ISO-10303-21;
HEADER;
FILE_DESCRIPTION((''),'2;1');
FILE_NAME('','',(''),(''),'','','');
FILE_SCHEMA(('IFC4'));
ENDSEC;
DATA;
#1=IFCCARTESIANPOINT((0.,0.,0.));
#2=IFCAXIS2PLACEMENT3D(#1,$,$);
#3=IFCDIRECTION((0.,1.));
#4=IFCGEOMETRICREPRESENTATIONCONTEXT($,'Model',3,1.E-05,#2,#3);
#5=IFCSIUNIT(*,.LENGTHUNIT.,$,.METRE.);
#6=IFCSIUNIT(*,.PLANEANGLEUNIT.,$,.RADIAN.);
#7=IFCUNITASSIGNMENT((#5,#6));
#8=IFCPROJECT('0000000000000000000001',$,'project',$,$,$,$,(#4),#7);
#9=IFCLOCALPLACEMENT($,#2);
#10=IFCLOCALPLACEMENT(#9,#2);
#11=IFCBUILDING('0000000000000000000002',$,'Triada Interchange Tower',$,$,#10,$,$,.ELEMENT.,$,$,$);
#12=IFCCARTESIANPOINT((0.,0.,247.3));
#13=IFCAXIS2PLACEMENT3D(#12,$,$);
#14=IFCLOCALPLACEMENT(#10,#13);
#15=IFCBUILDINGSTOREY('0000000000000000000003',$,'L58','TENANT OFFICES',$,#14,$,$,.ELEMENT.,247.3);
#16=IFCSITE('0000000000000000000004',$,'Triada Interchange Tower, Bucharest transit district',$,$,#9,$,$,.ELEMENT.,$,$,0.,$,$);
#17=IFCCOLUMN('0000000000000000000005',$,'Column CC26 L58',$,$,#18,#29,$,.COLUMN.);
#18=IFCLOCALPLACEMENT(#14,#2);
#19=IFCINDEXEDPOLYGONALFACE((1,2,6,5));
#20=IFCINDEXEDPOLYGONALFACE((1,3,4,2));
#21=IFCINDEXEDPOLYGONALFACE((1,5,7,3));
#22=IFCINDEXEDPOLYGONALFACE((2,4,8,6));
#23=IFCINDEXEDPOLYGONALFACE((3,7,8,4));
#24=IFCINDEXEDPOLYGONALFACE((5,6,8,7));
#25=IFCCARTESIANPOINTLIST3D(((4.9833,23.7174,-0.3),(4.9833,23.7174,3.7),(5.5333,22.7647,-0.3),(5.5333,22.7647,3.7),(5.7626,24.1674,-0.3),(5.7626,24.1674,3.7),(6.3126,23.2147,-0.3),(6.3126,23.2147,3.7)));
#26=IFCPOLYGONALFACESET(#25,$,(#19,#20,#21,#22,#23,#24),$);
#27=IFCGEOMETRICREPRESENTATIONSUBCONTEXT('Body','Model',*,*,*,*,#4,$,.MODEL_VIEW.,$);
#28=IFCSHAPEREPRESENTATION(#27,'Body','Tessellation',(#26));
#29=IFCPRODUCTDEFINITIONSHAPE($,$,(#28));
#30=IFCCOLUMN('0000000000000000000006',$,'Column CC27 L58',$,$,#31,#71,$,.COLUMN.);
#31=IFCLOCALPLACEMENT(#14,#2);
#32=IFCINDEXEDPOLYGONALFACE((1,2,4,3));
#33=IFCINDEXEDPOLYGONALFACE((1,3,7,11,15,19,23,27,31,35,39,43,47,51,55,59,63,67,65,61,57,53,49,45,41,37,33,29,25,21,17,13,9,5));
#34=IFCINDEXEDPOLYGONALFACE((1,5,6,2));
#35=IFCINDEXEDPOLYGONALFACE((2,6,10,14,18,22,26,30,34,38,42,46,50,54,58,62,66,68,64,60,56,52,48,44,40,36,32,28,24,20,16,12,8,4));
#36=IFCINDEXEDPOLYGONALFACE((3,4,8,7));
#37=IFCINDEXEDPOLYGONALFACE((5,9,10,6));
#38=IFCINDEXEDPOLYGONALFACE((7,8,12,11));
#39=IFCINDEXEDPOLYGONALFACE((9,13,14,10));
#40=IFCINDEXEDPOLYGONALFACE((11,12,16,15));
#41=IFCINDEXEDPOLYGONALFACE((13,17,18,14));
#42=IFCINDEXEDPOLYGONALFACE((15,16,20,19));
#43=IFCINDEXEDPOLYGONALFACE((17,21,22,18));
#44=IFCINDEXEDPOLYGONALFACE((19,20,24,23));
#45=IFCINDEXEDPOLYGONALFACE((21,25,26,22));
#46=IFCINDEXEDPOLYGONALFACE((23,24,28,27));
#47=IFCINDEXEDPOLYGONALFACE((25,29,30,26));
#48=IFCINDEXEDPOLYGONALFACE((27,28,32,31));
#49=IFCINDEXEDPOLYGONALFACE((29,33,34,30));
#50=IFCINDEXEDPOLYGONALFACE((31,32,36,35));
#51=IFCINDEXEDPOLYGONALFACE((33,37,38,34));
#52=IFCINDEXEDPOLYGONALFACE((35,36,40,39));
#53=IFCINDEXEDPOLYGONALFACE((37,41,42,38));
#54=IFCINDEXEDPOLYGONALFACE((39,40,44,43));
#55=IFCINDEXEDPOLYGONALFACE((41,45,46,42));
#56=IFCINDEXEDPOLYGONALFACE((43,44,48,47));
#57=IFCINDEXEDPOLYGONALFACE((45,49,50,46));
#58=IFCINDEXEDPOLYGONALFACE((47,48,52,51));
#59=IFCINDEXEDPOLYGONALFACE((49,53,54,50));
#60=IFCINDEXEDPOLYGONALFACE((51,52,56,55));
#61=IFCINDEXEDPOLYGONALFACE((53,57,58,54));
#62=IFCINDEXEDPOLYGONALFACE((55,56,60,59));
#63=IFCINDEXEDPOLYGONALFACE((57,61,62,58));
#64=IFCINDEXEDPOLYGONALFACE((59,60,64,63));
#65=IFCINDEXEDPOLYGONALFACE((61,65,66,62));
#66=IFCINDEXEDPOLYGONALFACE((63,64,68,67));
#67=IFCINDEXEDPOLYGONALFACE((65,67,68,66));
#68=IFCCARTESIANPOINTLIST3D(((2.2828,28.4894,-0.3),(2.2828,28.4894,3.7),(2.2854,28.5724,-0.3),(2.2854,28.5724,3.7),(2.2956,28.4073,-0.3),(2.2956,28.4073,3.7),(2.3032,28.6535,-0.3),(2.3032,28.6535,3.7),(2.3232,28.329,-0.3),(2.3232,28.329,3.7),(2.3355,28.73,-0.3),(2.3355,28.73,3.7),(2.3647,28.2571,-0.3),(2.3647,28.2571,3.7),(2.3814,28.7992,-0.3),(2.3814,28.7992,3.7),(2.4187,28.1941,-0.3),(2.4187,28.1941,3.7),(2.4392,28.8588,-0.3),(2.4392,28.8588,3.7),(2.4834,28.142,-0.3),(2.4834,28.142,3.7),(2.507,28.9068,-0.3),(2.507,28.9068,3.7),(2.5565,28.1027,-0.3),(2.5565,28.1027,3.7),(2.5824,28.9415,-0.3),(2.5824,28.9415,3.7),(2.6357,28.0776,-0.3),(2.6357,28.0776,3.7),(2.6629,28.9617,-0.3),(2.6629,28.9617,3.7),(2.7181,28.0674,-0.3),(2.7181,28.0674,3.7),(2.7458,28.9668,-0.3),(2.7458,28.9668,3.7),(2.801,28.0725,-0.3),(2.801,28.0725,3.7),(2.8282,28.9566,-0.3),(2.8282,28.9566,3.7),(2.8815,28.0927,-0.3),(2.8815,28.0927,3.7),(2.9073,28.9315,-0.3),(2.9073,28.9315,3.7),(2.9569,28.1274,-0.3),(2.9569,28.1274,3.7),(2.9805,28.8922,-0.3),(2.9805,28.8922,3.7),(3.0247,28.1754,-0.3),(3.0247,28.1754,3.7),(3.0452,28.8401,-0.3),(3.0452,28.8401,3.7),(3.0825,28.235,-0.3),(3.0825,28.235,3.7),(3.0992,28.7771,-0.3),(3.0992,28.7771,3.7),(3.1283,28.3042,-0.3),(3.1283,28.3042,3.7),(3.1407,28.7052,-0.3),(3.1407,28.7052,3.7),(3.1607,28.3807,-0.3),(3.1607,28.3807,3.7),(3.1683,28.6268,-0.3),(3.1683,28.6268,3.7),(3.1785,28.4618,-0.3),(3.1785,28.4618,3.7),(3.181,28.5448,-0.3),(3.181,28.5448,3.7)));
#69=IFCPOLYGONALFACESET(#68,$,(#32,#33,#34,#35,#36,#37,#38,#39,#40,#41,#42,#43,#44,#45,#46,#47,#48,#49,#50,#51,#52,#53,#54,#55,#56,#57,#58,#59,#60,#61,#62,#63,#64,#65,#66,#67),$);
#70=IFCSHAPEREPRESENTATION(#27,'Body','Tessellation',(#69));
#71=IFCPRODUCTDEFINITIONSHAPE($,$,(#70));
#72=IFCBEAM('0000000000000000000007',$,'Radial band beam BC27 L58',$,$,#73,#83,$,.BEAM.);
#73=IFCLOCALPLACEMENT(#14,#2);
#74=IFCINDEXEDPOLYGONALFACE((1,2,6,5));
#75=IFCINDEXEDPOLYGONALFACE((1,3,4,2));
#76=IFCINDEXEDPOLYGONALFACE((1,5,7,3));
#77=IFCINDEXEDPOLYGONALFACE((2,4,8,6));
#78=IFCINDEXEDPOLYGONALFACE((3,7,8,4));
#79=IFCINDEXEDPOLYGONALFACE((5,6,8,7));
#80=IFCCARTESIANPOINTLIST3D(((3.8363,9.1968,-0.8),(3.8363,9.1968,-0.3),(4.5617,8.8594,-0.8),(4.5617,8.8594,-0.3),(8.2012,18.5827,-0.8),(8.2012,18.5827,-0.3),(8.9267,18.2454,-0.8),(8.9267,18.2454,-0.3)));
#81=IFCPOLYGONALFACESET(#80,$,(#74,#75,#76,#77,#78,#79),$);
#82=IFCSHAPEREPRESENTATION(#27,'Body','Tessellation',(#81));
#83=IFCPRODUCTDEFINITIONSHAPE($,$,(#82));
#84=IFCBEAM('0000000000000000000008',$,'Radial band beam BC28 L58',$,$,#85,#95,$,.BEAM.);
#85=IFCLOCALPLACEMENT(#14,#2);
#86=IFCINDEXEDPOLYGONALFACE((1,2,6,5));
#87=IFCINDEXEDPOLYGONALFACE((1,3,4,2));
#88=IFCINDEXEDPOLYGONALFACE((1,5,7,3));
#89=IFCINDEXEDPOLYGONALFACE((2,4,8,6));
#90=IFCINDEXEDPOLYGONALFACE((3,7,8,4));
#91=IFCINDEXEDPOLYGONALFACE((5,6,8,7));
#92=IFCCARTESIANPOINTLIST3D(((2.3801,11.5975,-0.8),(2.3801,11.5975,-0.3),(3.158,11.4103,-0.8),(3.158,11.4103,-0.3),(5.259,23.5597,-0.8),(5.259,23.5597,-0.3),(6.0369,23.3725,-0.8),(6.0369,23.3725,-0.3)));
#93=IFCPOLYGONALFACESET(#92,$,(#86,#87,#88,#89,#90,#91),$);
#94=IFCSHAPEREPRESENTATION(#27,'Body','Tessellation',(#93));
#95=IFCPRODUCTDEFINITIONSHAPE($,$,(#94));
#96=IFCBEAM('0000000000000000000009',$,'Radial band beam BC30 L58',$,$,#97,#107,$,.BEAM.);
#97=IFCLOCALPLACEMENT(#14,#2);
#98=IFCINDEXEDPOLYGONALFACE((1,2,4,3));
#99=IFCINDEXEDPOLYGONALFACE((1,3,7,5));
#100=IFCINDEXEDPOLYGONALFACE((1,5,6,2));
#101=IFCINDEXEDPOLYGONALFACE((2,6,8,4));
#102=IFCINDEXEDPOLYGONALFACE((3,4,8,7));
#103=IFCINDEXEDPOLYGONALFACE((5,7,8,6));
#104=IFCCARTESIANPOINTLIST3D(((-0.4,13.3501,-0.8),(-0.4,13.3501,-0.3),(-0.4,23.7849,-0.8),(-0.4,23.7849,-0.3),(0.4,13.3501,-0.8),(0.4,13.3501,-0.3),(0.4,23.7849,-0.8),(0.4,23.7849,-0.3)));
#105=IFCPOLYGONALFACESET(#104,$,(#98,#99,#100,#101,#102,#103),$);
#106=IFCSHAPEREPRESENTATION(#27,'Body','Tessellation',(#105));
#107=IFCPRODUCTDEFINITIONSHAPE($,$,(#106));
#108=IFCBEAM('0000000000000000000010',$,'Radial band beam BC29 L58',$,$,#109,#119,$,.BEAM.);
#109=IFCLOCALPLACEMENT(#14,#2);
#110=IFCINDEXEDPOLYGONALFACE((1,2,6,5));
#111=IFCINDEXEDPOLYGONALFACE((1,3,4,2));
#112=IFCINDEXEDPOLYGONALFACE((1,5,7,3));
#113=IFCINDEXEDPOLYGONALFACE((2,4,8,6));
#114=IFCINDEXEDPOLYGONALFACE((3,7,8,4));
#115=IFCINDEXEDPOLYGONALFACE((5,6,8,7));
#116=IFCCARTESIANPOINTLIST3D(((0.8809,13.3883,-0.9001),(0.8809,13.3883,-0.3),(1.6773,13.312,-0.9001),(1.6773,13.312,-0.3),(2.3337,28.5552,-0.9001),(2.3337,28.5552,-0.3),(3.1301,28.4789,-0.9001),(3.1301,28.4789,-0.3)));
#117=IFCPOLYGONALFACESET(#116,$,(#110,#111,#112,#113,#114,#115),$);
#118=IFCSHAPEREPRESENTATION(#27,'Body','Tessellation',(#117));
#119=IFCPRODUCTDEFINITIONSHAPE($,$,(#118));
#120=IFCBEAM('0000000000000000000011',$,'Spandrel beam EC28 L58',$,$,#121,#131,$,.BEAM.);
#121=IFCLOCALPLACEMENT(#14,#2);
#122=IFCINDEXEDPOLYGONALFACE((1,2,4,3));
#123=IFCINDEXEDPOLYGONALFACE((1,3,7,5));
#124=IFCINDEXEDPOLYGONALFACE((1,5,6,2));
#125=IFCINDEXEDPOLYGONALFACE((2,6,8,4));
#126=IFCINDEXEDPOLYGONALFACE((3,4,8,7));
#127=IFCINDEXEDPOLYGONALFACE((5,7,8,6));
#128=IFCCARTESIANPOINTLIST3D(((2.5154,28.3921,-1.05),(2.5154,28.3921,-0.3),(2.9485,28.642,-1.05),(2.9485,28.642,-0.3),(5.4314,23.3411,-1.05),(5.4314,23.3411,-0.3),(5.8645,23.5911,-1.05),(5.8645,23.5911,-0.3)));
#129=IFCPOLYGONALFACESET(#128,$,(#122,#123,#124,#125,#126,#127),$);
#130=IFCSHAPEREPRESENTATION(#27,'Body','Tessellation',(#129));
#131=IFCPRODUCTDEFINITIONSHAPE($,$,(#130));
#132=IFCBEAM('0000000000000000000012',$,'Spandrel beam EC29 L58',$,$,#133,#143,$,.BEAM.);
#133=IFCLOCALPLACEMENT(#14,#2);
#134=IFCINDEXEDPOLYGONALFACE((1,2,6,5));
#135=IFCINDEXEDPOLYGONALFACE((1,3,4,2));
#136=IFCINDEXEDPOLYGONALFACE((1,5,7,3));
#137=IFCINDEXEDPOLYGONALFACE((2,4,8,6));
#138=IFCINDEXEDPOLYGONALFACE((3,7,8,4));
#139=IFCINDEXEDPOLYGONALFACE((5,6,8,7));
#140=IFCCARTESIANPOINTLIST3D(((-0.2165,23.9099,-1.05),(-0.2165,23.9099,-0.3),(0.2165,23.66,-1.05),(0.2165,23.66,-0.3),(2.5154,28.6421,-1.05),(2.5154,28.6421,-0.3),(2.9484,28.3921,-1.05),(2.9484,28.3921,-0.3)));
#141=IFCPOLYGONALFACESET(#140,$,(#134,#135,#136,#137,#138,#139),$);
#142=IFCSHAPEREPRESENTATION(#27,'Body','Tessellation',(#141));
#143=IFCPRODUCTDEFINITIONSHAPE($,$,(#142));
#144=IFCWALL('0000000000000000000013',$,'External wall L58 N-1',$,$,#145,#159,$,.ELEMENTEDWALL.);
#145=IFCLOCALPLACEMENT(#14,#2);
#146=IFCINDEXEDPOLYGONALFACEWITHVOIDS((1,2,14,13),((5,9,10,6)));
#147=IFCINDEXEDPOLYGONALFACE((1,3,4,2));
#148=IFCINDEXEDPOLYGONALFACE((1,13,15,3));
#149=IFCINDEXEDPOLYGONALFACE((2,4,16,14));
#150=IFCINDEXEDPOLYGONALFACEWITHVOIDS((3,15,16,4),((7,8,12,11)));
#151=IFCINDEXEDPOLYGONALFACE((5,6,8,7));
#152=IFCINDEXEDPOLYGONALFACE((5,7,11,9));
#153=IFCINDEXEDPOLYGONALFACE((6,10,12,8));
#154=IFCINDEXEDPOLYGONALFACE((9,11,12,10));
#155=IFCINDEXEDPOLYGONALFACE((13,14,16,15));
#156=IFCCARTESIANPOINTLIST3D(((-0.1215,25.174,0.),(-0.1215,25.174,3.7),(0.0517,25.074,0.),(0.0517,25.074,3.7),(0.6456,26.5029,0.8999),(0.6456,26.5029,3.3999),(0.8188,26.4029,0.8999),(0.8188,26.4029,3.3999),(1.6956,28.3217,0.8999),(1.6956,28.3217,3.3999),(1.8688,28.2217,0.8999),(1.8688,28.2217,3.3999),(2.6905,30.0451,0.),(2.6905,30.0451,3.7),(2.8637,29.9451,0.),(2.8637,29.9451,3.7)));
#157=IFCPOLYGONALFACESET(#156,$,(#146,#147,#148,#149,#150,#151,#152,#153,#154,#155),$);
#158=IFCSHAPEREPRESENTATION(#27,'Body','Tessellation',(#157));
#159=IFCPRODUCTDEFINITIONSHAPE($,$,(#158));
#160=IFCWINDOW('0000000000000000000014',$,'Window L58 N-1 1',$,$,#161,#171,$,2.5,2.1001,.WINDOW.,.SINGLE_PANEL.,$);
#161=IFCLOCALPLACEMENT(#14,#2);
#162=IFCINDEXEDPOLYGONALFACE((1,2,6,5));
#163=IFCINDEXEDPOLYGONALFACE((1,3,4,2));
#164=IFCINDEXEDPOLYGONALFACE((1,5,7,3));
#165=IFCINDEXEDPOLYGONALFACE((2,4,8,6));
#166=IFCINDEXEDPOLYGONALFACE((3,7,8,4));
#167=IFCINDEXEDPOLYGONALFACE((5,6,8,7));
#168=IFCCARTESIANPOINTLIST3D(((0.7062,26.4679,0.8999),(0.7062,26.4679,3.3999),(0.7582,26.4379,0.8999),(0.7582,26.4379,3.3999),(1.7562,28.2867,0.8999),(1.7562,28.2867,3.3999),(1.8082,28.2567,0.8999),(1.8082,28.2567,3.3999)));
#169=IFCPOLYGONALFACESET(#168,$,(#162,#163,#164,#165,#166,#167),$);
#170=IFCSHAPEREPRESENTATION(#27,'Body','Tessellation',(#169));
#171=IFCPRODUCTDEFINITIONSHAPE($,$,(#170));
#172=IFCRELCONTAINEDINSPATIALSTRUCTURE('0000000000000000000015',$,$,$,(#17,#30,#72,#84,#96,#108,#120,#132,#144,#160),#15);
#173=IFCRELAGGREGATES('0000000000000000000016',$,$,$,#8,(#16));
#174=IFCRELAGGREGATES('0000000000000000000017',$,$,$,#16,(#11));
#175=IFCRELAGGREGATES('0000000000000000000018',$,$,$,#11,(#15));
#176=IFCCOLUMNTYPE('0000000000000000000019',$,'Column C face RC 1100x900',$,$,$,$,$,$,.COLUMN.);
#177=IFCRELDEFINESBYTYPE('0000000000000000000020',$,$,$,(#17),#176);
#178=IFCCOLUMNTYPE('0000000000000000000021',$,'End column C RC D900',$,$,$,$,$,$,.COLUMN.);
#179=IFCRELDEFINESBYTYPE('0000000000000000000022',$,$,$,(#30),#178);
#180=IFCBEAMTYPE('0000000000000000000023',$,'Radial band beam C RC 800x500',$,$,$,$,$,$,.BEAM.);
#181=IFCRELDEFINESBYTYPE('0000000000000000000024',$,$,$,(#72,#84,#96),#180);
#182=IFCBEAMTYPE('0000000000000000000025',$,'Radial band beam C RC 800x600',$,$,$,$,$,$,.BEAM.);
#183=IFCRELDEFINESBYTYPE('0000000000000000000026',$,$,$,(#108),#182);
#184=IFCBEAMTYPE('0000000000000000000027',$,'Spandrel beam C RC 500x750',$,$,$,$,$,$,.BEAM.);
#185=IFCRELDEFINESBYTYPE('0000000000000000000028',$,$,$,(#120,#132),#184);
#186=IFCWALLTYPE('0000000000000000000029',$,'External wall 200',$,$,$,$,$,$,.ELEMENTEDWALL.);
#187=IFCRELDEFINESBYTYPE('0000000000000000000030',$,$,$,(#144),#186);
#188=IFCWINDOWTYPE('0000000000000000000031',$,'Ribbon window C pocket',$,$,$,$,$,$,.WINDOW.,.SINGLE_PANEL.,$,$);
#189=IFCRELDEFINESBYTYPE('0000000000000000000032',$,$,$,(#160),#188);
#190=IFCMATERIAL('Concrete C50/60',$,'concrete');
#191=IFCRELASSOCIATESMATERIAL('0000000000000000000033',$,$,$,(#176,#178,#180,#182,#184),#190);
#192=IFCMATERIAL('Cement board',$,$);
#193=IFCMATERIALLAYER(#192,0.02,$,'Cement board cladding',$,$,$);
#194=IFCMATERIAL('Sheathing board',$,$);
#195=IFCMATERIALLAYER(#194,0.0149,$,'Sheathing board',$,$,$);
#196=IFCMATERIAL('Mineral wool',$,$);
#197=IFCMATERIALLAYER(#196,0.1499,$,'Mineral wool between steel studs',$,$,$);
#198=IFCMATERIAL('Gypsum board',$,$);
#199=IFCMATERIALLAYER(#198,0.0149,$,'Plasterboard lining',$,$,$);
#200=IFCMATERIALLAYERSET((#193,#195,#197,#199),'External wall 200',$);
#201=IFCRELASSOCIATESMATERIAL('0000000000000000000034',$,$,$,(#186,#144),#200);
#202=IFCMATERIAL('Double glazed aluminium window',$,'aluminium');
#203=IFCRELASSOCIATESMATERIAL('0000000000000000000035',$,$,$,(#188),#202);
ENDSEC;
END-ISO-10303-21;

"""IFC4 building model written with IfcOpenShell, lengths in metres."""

from ifc_helpers import new_model, si_unit, direction, frame, frame_2d, origin, origin_2d, place, context, subcontext, project, spatial, rectangle, circle, extrude, material, layer, layer_set, layer_usage, material_profile, profile_set, type_object, element, fill, save


model = new_model("IFC4")

# Units and contexts
model_context = context("Model", 3, precision=1e-05, world=origin(), true_north=direction((0.0, 1.0)))
body_context = subcontext(model_context, "Body", "Model", "MODEL_VIEW")
ifc_project = project(units=[si_unit("LENGTHUNIT", "METRE"), si_unit("PLANEANGLEUNIT", "RADIAN")], contexts=[model_context])

# Site, building, storey
site_placement = place(None, origin())
site = spatial("IfcSite", under=ifc_project, at=site_placement, Name="Triada Interchange Tower, Bucharest transit district", CompositionType="ELEMENT", RefElevation=0.0)
building_placement = place(site_placement, origin())
building = spatial("IfcBuilding", under=site, at=building_placement, Name="Triada Interchange Tower", CompositionType="ELEMENT")
storey_placement = place(building_placement, frame((0.0, 0.0, 247.3)))
storey = spatial("IfcBuildingStorey", under=building, at=storey_placement, Name="L58", Description="TENANT OFFICES", CompositionType="ELEMENT", Elevation=247.3)

# Columns
ifc_material_1 = material(Name="Concrete C50/60", Category="concrete")
ifc_material_profile_1 = material_profile(ifc_material_1, rectangle(XDim=1.1001, YDim=0.8999, at=origin_2d()), Name="RC 1100x900")
ifc_profile_set_1 = profile_set([ifc_material_profile_1], Name="Concrete C50/60")
column_type_1 = type_object("IfcColumnType", Name="Column C face RC 1100x900", PredefinedType="COLUMN", material=ifc_profile_set_1)
column_1_placement = place(storey_placement, frame((5.6479, 23.4661, -0.3), z_axis=(0.0, 0.0, 1.0), x_axis=(-0.5, 0.866025, 0.0)))
element("IfcColumn", 1, at=column_1_placement, inside=storey, type_object=column_type_1, Name="Column CC26 L58", PredefinedType="COLUMN", context=body_context, shape_type="SweptSolid", body=[
    extrude(rectangle(XDim=1.1001, YDim=0.8999, at=origin_2d()), origin(), (0.0, 0.0, 1.0), 4.0),
])
ifc_material_profile_2 = material_profile(ifc_material_1, circle(Radius=0.45, at=origin_2d()), Name="RC D900")
ifc_profile_set_2 = profile_set([ifc_material_profile_2], Name="Concrete C50/60")
column_type_2 = type_object("IfcColumnType", Name="End column C RC D900", PredefinedType="COLUMN", material=ifc_profile_set_2)
column_2_placement = place(storey_placement, frame((2.7319, 28.5171, -0.3), z_axis=(0.0, 0.0, 1.0), x_axis=(-0.5, 0.866025, 0.0)))
element("IfcColumn", 2, at=column_2_placement, inside=storey, type_object=column_type_2, Name="Column CC27 L58", PredefinedType="COLUMN", context=body_context, shape_type="SweptSolid", body=[
    extrude(circle(Radius=0.45, at=origin_2d()), origin(), (0.0, 0.0, 1.0), 4.0),
])

# Beams
ifc_material_profile_3 = material_profile(ifc_material_1, rectangle(XDim=0.8, YDim=0.5, at=origin_2d()), Name="RC 800x500")
ifc_profile_set_3 = profile_set([ifc_material_profile_3], Name="Concrete C50/60")
beam_type_1 = type_object("IfcBeamType", Name="Radial band beam C RC 800x500", PredefinedType="BEAM", material=ifc_profile_set_3)
beam_1_placement = place(storey_placement, frame((8.564, 18.4141, -0.55), z_axis=(-0.421684, -0.906743, 0.0), x_axis=(0.906743, -0.421684, 0.0)))
element("IfcBeam", 3, at=beam_1_placement, inside=storey, type_object=beam_type_1, Name="Radial band beam BC27 L58", PredefinedType="BEAM", context=body_context, shape_type="SweptSolid", body=[
    extrude(rectangle(XDim=0.8, YDim=0.5, at=origin_2d()), origin(), (0.0, 0.0, 1.0), 10.3513),
])
beam_2_placement = place(storey_placement, frame((5.6479, 23.4661, -0.55), z_axis=(-0.233987, -0.97224, 0.0), x_axis=(0.97224, -0.233987, 0.0)))
element("IfcBeam", 4, at=beam_2_placement, inside=storey, type_object=beam_type_1, Name="Radial band beam BC28 L58", PredefinedType="BEAM", context=body_context, shape_type="SweptSolid", body=[
    extrude(rectangle(XDim=0.8, YDim=0.5, at=origin_2d()), origin(), (0.0, 0.0, 1.0), 12.3037),
])
beam_3_placement = place(storey_placement, frame((0.0, 23.7849, -0.55), z_axis=(0.0, -1.0, 0.0), x_axis=(1.0, 0.0, 0.0)))
element("IfcBeam", 5, at=beam_3_placement, inside=storey, type_object=beam_type_1, Name="Radial band beam BC30 L58", PredefinedType="BEAM", context=body_context, shape_type="SweptSolid", body=[
    extrude(rectangle(XDim=0.8, YDim=0.5, at=origin_2d()), origin(), (0.0, 0.0, 1.0), 10.4348),
])
ifc_material_profile_4 = material_profile(ifc_material_1, rectangle(XDim=0.8, YDim=0.6001, at=origin_2d()), Name="RC 800x600")
ifc_profile_set_4 = profile_set([ifc_material_profile_4], Name="Concrete C50/60")
beam_type_2 = type_object("IfcBeamType", Name="Radial band beam C RC 800x600", PredefinedType="BEAM", material=ifc_profile_set_4)
beam_4_placement = place(storey_placement, frame((2.7319, 28.5171, -0.6001), z_axis=(-0.095356, -0.995443, 0.0), x_axis=(0.995443, -0.095356, 0.0)))
element("IfcBeam", 6, at=beam_4_placement, inside=storey, type_object=beam_type_2, Name="Radial band beam BC29 L58", PredefinedType="BEAM", context=body_context, shape_type="SweptSolid", body=[
    extrude(rectangle(XDim=0.8, YDim=0.6001, at=origin_2d()), origin(), (0.0, 0.0, 1.0), 15.2363),
])
ifc_material_profile_5 = material_profile(ifc_material_1, rectangle(XDim=0.5, YDim=0.75, at=origin_2d()), Name="RC 500x750")
ifc_profile_set_5 = profile_set([ifc_material_profile_5], Name="Concrete C50/60")
beam_type_3 = type_object("IfcBeamType", Name="Spandrel beam C RC 500x750", PredefinedType="BEAM", material=ifc_profile_set_5)
beam_5_placement = place(storey_placement, frame((5.6479, 23.4661, -0.675), z_axis=(-0.499975, 0.86604, 0.0), x_axis=(-0.86604, -0.499975, 0.0)))
element("IfcBeam", 7, at=beam_5_placement, inside=storey, type_object=beam_type_3, Name="Spandrel beam EC28 L58", PredefinedType="BEAM", context=body_context, shape_type="SweptSolid", body=[
    extrude(rectangle(XDim=0.5, YDim=0.75, at=origin_2d()), origin(), (0.0, 0.0, 1.0), 5.8323),
])
beam_6_placement = place(storey_placement, frame((2.7319, 28.5171, -0.675), z_axis=(-0.499974, -0.86604, 0.0), x_axis=(0.86604, -0.499974, 0.0)))
element("IfcBeam", 8, at=beam_6_placement, inside=storey, type_object=beam_type_3, Name="Spandrel beam EC29 L58", PredefinedType="BEAM", context=body_context, shape_type="SweptSolid", body=[
    extrude(rectangle(XDim=0.5, YDim=0.75, at=origin_2d()), origin(), (0.0, 0.0, 1.0), 5.4641),
])

# Wall, opening, window
ifc_material_2 = material(Name="Cement board")
ifc_layer_1 = layer(ifc_material_2, 0.02, Name="Cement board cladding")
ifc_material_3 = material(Name="Sheathing board")
ifc_layer_2 = layer(ifc_material_3, 0.0149, Name="Sheathing board")
ifc_material_4 = material(Name="Mineral wool")
ifc_layer_3 = layer(ifc_material_4, 0.1499, Name="Mineral wool between steel studs")
ifc_material_5 = material(Name="Gypsum board")
ifc_layer_4 = layer(ifc_material_5, 0.0149, Name="Plasterboard lining")
ifc_layer_set_1 = layer_set([ifc_layer_1, ifc_layer_2, ifc_layer_3, ifc_layer_4], Name="External wall 200")
ifc_layer_usage = layer_usage(ifc_layer_set_1, "AXIS2", "POSITIVE", -0.1001)
wall_type_1 = type_object("IfcWallType", Name="External wall 200", PredefinedType="ELEMENTEDWALL", material=ifc_layer_set_1)
wall_1_placement = place(storey_placement, frame((2.7771, 29.9951, 0.0), z_axis=(0.0, 0.0, 1.0), x_axis=(-0.499958, -0.86605, 0.0)))
wall_1 = element("IfcWall", 9, at=wall_1_placement, inside=storey, type_object=wall_type_1, material=ifc_layer_usage, Name="External wall L58 N-1", PredefinedType="ELEMENTEDWALL", context=body_context, shape_type="SweptSolid", body=[
    extrude(rectangle(XDim=5.6245, YDim=0.2, at=frame_2d((2.8123, 0.0))), origin(), (0.0, 0.0, 1.0), 3.7),
])
opening_1_placement = place(wall_1_placement, frame((1.99, 0.0, 0.8999)))
opening_1 = element("IfcOpeningElement", 10, at=opening_1_placement, cuts=wall_1, PredefinedType="OPENING", context=body_context, shape_type="SweptSolid", body=[
    extrude(rectangle(XDim=2.1001, YDim=2.5, at=frame_2d((1.05, 1.25))), frame((0.0, 0.1099, 0.0), z_axis=(0.0, -1.0, 0.0), x_axis=(1.0, 0.0, 0.0)), (0.0, 0.0, 1.0), 0.22),
])
ifc_material_6 = material(Name="Double glazed aluminium window", Category="aluminium")
window_type = type_object("IfcWindowType", Name="Ribbon window C pocket", PartitioningType="SINGLE_PANEL", PredefinedType="WINDOW", material=ifc_material_6)
window_1_placement = place(opening_1_placement, origin())
window_1 = element("IfcWindow", 11, at=window_1_placement, inside=storey, type_object=window_type, Name="Window L58 N-1 1", OverallHeight=2.5, OverallWidth=2.1001, PartitioningType="SINGLE_PANEL", PredefinedType="WINDOW", context=body_context, shape_type="SweptSolid", body=[
    extrude(rectangle(XDim=2.1001, YDim=2.5, at=frame_2d((1.05, 1.25))), frame((0.0, 0.03, 0.0), z_axis=(0.0, -1.0, 0.0), x_axis=(1.0, 0.0, 0.0)), (0.0, 0.0, 1.0), 0.0601),
])
fill(opening_1, window_1)

save(model, "model.ifc")
